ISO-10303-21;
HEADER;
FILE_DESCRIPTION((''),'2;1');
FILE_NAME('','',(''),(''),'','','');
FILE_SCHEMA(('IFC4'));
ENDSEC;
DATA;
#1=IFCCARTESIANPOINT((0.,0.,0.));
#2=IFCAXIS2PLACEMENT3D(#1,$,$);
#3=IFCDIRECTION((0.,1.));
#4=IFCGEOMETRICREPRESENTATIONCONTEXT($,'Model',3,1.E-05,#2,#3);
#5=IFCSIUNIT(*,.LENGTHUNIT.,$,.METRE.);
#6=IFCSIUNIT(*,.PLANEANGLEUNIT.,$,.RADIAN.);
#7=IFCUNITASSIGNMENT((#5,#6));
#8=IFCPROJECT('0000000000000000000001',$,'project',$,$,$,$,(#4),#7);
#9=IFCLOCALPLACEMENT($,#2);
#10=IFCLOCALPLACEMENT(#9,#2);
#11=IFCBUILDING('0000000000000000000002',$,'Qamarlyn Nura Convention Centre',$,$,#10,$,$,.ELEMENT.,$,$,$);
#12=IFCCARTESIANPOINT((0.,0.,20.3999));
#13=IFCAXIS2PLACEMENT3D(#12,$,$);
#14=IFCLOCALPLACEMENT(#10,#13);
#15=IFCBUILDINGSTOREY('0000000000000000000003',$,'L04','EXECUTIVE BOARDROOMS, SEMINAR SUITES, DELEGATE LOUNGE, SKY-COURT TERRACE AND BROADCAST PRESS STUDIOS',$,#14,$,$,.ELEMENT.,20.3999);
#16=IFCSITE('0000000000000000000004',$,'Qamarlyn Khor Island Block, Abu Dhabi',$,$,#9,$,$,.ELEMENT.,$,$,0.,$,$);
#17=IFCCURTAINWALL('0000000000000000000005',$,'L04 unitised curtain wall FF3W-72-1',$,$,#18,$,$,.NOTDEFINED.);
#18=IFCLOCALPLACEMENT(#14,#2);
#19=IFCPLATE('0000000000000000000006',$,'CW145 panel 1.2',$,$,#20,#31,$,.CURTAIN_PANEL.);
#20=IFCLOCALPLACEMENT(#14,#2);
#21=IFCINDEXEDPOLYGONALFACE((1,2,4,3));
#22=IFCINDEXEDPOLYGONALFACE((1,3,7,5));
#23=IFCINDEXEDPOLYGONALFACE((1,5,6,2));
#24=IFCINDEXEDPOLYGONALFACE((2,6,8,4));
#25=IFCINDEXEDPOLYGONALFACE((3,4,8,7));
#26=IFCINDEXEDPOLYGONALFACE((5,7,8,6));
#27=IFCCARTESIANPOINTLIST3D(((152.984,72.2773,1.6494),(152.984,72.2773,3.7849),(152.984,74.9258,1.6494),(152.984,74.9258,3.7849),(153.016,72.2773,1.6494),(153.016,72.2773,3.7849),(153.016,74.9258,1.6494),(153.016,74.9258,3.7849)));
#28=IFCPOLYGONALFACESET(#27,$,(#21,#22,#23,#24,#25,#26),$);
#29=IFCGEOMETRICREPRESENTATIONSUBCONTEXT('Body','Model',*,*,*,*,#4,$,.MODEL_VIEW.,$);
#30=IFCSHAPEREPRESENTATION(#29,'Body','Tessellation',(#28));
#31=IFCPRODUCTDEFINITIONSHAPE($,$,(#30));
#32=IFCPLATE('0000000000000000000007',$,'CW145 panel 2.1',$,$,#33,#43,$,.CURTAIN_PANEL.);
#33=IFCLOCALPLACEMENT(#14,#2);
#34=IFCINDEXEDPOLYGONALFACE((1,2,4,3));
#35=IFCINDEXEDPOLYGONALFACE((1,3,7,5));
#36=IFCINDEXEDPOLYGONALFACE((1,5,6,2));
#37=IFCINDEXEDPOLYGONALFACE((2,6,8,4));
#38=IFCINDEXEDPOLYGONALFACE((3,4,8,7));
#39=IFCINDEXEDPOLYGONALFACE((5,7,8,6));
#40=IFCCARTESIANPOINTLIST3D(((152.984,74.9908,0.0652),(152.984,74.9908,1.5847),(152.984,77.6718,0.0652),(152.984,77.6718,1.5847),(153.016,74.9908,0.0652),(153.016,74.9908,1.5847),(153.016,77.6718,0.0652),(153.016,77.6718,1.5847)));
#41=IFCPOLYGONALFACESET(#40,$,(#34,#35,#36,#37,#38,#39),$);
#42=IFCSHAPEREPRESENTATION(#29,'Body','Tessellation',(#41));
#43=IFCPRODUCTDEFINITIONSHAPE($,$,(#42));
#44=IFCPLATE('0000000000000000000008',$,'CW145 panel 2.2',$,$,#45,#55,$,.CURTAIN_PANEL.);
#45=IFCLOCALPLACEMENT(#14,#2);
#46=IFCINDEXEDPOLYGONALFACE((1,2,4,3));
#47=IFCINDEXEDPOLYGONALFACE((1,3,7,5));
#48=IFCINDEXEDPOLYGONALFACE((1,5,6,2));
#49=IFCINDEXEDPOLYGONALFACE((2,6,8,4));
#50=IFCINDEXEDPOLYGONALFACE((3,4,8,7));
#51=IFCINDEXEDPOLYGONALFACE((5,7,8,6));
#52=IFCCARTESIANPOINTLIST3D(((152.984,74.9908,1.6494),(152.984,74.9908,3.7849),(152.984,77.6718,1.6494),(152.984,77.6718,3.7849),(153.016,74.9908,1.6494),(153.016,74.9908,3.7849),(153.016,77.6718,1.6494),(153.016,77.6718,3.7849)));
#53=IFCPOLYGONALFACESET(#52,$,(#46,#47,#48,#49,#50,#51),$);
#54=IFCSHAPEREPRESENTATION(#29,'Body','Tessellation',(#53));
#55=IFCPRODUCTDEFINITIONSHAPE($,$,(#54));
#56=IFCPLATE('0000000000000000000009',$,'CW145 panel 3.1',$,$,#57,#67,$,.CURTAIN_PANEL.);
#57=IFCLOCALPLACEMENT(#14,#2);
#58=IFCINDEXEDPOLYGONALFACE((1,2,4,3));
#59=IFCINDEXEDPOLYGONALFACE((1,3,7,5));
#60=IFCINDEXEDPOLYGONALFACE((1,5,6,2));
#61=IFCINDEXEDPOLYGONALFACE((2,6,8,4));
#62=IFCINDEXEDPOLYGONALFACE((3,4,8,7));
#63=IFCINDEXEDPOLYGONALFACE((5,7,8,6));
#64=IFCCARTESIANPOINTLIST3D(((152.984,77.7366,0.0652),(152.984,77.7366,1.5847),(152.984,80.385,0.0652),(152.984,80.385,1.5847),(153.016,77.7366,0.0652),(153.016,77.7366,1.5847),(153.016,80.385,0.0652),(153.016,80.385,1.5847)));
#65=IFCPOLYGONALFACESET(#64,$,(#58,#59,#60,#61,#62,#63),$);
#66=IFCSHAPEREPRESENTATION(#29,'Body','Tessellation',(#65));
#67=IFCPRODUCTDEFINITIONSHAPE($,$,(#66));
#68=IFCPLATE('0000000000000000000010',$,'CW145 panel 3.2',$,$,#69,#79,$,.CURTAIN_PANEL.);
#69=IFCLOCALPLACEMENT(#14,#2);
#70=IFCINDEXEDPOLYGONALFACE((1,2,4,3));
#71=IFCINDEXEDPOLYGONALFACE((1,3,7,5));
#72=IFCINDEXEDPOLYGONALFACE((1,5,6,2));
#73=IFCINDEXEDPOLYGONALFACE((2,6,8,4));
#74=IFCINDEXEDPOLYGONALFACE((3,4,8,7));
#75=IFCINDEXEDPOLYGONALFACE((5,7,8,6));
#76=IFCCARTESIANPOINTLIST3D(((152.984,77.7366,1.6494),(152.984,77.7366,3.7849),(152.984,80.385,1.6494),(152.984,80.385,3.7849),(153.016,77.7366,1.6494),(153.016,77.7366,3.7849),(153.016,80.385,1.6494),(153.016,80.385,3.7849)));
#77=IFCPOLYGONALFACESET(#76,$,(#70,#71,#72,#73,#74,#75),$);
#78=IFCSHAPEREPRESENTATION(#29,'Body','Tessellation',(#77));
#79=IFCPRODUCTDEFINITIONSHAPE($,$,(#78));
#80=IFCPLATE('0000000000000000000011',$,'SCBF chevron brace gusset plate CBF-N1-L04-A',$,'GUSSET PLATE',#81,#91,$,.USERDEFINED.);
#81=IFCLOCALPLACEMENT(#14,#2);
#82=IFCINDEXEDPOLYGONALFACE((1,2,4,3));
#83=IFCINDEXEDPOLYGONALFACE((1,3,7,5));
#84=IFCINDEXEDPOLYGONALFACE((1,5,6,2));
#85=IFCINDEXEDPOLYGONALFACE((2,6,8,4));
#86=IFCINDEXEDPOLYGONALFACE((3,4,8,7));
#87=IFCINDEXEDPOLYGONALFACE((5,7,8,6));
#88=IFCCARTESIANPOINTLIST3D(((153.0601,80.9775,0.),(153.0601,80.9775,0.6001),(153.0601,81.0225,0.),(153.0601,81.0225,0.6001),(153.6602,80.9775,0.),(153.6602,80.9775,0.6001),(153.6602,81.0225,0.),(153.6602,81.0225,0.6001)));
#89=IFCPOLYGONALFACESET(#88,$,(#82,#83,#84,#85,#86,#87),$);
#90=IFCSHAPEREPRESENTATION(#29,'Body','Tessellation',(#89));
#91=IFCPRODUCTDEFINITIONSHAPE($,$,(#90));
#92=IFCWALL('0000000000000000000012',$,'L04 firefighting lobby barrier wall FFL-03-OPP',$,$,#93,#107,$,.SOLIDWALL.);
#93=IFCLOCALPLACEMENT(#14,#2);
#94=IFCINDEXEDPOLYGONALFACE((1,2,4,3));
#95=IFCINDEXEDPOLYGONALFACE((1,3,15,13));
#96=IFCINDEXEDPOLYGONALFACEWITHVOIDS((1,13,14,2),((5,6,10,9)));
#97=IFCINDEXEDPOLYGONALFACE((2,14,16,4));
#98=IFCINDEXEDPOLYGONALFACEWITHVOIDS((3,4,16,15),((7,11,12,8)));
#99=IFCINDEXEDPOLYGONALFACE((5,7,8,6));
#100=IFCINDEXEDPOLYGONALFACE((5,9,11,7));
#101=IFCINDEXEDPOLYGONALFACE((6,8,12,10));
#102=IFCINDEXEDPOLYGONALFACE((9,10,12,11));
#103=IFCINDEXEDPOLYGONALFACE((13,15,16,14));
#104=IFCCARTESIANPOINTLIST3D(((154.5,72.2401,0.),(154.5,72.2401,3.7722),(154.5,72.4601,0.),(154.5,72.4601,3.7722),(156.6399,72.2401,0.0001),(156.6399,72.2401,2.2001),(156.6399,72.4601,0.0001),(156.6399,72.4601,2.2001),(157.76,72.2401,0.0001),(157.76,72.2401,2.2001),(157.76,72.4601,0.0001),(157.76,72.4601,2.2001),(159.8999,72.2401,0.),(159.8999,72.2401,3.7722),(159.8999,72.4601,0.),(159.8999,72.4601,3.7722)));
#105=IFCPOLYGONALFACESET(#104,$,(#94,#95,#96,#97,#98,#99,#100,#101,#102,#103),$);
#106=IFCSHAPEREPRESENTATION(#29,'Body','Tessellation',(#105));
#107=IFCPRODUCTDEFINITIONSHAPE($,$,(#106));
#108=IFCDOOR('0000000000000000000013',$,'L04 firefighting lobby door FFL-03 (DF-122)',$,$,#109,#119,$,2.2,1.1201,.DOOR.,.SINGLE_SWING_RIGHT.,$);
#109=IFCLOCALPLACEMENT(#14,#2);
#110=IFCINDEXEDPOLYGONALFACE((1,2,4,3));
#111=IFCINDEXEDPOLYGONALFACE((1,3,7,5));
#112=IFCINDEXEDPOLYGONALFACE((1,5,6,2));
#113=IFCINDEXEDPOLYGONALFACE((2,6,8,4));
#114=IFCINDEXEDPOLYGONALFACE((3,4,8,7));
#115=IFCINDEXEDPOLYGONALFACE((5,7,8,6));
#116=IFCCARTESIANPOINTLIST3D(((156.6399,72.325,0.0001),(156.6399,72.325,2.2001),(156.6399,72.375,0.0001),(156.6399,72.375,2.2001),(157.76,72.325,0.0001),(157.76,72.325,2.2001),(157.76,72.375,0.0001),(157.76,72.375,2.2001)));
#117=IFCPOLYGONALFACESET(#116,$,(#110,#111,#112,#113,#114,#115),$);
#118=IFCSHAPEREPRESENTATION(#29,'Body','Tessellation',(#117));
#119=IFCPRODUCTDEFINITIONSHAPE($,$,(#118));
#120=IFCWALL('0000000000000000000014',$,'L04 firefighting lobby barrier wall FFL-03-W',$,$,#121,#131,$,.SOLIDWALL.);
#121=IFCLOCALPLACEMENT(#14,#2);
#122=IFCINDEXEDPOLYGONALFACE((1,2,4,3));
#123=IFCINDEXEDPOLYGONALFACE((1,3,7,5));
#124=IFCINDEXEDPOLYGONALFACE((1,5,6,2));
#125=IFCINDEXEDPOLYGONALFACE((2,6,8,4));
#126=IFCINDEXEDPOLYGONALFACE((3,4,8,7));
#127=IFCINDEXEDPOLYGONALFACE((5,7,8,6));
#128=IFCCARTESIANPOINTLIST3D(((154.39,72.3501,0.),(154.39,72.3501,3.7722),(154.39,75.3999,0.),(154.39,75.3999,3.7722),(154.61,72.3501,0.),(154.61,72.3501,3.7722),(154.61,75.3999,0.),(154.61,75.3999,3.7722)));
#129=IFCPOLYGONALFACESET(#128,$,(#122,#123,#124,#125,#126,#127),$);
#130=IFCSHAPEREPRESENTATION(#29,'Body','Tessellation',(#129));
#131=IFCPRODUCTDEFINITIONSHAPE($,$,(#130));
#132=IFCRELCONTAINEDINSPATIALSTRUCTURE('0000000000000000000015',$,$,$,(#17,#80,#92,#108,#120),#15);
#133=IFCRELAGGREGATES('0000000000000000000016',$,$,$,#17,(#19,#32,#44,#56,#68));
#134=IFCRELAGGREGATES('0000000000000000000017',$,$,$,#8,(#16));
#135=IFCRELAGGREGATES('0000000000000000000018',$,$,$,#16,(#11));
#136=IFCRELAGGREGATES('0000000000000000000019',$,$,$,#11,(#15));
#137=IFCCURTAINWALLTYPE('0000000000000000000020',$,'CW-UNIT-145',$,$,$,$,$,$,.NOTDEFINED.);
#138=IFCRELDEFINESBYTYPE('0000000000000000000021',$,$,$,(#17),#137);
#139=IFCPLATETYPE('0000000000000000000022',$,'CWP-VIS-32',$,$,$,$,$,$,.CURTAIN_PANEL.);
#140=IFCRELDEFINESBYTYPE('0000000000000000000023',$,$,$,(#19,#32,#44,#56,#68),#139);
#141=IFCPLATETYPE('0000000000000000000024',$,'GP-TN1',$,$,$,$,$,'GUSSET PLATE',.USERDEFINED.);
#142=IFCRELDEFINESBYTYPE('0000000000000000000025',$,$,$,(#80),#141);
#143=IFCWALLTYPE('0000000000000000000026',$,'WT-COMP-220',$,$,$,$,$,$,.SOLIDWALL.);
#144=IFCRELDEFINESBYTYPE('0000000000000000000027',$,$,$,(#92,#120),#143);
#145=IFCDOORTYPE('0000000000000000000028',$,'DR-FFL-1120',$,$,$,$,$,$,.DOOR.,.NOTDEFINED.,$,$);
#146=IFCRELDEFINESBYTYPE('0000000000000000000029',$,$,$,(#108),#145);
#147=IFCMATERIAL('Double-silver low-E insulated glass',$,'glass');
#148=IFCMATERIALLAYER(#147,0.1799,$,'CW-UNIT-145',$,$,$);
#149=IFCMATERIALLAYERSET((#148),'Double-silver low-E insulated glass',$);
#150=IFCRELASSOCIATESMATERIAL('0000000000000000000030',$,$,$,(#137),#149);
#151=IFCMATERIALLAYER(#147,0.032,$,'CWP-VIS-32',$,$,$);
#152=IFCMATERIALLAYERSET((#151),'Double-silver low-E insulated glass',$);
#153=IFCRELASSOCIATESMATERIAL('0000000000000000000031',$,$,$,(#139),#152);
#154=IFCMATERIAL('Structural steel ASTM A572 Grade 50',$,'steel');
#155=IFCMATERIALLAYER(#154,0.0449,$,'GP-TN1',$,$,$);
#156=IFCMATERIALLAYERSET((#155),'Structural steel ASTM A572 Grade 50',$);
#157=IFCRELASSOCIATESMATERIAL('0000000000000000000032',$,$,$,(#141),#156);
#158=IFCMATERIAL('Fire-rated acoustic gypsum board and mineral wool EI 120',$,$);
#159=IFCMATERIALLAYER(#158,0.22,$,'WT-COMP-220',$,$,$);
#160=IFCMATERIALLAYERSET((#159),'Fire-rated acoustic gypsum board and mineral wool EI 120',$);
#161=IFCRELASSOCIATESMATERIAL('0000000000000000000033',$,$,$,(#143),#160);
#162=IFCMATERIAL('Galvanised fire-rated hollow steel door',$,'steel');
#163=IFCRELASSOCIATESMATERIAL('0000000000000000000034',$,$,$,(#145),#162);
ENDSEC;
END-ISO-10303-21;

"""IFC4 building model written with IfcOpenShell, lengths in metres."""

from ifc_helpers import new_model, si_unit, direction, frame, frame_2d, origin, origin_2d, place, context, subcontext, project, spatial, rectangle, extrude, material, layer, layer_set, type_object, element, fill, aggregate, save


model = new_model("IFC4")

# Units and contexts
model_context = context("Model", 3, precision=1e-05, world=origin(), true_north=direction((0.0, 1.0)))
body_context = subcontext(model_context, "Body", "Model", "MODEL_VIEW")
ifc_project = project(units=[si_unit("LENGTHUNIT", "METRE"), si_unit("PLANEANGLEUNIT", "RADIAN")], contexts=[model_context])

# Site, building, storey
site_placement = place(None, origin())
site = spatial("IfcSite", under=ifc_project, at=site_placement, Name="Qamarlyn Khor Island Block, Abu Dhabi", CompositionType="ELEMENT", RefElevation=0.0)
building_placement = place(site_placement, origin())
building = spatial("IfcBuilding", under=site, at=building_placement, Name="Qamarlyn Nura Convention Centre", CompositionType="ELEMENT")
storey_placement = place(building_placement, frame((0.0, 0.0, 20.3999)))
storey = spatial("IfcBuildingStorey", under=building, at=storey_placement, Name="L04", Description="EXECUTIVE BOARDROOMS, SEMINAR SUITES, DELEGATE LOUNGE, SKY-COURT TERRACE AND BROADCAST PRESS STUDIOS", CompositionType="ELEMENT", Elevation=20.3999)

# Shared definitions
ifc_material_1 = material(Name="Double-silver low-E insulated glass", Category="glass")

# Curtain wall
ifc_layer_1 = layer(ifc_material_1, 0.1799, Name="CW-UNIT-145")
ifc_layer_set_1 = layer_set([ifc_layer_1], Name="Double-silver low-E insulated glass")
curtain_wall_type_1 = type_object("IfcCurtainWallType", Name="CW-UNIT-145", PredefinedType="NOTDEFINED", material=ifc_layer_set_1)
curtain_wall_1_placement = place(storey_placement, origin())
curtain_wall_1 = element("IfcCurtainWall", 1, at=curtain_wall_1_placement, inside=storey, type_object=curtain_wall_type_1, Name="L04 unitised curtain wall FF3W-72-1", PredefinedType="NOTDEFINED")

# Plates
ifc_layer_2 = layer(ifc_material_1, 0.032, Name="CWP-VIS-32")
ifc_layer_set_2 = layer_set([ifc_layer_2], Name="Double-silver low-E insulated glass")
plate_type_1 = type_object("IfcPlateType", Name="CWP-VIS-32", PredefinedType="CURTAIN_PANEL", material=ifc_layer_set_2)
plate_1_placement = place(storey_placement, frame((153.0, 73.6016, 1.6494), z_axis=(0.0, 0.0, 1.0), x_axis=(0.0, 1.0, 0.0)))
plate_1 = element("IfcPlate", 2, at=plate_1_placement, type_object=plate_type_1, Name="CW145 panel 1.2", PredefinedType="CURTAIN_PANEL", context=body_context, shape_type="SweptSolid", body=[
    extrude(rectangle(XDim=2.6484, YDim=0.032, at=origin_2d()), origin(), (0.0, 0.0, 1.0), 2.1355),
])
plate_2_placement = place(storey_placement, frame((153.0, 76.3313, 0.0652), z_axis=(0.0, 0.0, 1.0), x_axis=(0.0, 1.0, 0.0)))
plate_2 = element("IfcPlate", 3, at=plate_2_placement, type_object=plate_type_1, Name="CW145 panel 2.1", PredefinedType="CURTAIN_PANEL", context=body_context, shape_type="SweptSolid", body=[
    extrude(rectangle(XDim=2.6809, YDim=0.032, at=origin_2d()), origin(), (0.0, 0.0, 1.0), 1.5195),
])
plate_3_placement = place(storey_placement, frame((153.0, 76.3313, 1.6494), z_axis=(0.0, 0.0, 1.0), x_axis=(0.0, 1.0, 0.0)))
plate_3 = element("IfcPlate", 4, at=plate_3_placement, type_object=plate_type_1, Name="CW145 panel 2.2", PredefinedType="CURTAIN_PANEL", context=body_context, shape_type="SweptSolid", body=[
    extrude(rectangle(XDim=2.6809, YDim=0.032, at=origin_2d()), origin(), (0.0, 0.0, 1.0), 2.1355),
])
plate_4_placement = place(storey_placement, frame((153.0, 79.0608, 0.0652), z_axis=(0.0, 0.0, 1.0), x_axis=(0.0, 1.0, 0.0)))
plate_4 = element("IfcPlate", 5, at=plate_4_placement, type_object=plate_type_1, Name="CW145 panel 3.1", PredefinedType="CURTAIN_PANEL", context=body_context, shape_type="SweptSolid", body=[
    extrude(rectangle(XDim=2.6484, YDim=0.032, at=origin_2d()), origin(), (0.0, 0.0, 1.0), 1.5195),
])
plate_5_placement = place(storey_placement, frame((153.0, 79.0608, 1.6494), z_axis=(0.0, 0.0, 1.0), x_axis=(0.0, 1.0, 0.0)))
plate_5 = element("IfcPlate", 6, at=plate_5_placement, type_object=plate_type_1, Name="CW145 panel 3.2", PredefinedType="CURTAIN_PANEL", context=body_context, shape_type="SweptSolid", body=[
    extrude(rectangle(XDim=2.6484, YDim=0.032, at=origin_2d()), origin(), (0.0, 0.0, 1.0), 2.1355),
])
aggregate(curtain_wall_1, [plate_1, plate_2, plate_3, plate_4, plate_5])
ifc_material_2 = material(Name="Structural steel ASTM A572 Grade 50", Category="steel")
ifc_layer_3 = layer(ifc_material_2, 0.0449, Name="GP-TN1")
ifc_layer_set_3 = layer_set([ifc_layer_3], Name="Structural steel ASTM A572 Grade 50")
plate_type_2 = type_object("IfcPlateType", Name="GP-TN1", ElementType="GUSSET PLATE", PredefinedType="USERDEFINED", material=ifc_layer_set_3)
plate_6_placement = place(storey_placement, frame((153.3601, 81.0, 0.0), z_axis=(0.0, 0.0, 1.0), x_axis=(1.0, 0.0, 0.0)))
element("IfcPlate", 7, at=plate_6_placement, inside=storey, type_object=plate_type_2, Name="SCBF chevron brace gusset plate CBF-N1-L04-A", ObjectType="GUSSET PLATE", PredefinedType="USERDEFINED", context=body_context, shape_type="SweptSolid", body=[
    extrude(rectangle(XDim=0.6001, YDim=0.0449, at=origin_2d()), origin(), (0.0, 0.0, 1.0), 0.6001),
])

# Wall, opening, door
ifc_material_3 = material(Name="Fire-rated acoustic gypsum board and mineral wool EI 120")
ifc_layer_4 = layer(ifc_material_3, 0.22, Name="WT-COMP-220")
ifc_layer_set_4 = layer_set([ifc_layer_4], Name="Fire-rated acoustic gypsum board and mineral wool EI 120")
wall_type = type_object("IfcWallType", Name="WT-COMP-220", PredefinedType="SOLIDWALL", material=ifc_layer_set_4)
wall_1_placement = place(storey_placement, frame((154.5, 72.3501, 0.0), z_axis=(0.0, 0.0, 1.0), x_axis=(1.0, 0.0, 0.0)))
wall_1 = element("IfcWall", 8, at=wall_1_placement, inside=storey, type_object=wall_type, Name="L04 firefighting lobby barrier wall FFL-03-OPP", PredefinedType="SOLIDWALL", context=body_context, shape_type="SweptSolid", body=[
    extrude(rectangle(XDim=5.3999, YDim=0.22, at=frame_2d((2.7, 0.0))), origin(), (0.0, 0.0, 1.0), 3.7722),
])
opening_placement = place(wall_1_placement, frame((2.1399, 0.0, 0.0)))
opening = element("IfcOpeningElement", 9, at=opening_placement, cuts=wall_1, PredefinedType="OPENING", context=body_context, shape_type="SweptSolid", body=[
    extrude(rectangle(XDim=1.1201, YDim=2.2, at=frame_2d((0.5601, 1.1001))), frame((0.0, 0.1201, 0.0), z_axis=(0.0, -1.0, 0.0), x_axis=(1.0, 0.0, 0.0)), (0.0, 0.0, 1.0), 0.24),
])
ifc_material_4 = material(Name="Galvanised fire-rated hollow steel door", Category="steel")
door_type = type_object("IfcDoorType", Name="DR-FFL-1120", OperationType="NOTDEFINED", PredefinedType="DOOR", material=ifc_material_4)
door_placement = place(opening_placement, origin())
door = element("IfcDoor", 10, at=door_placement, inside=storey, type_object=door_type, Name="L04 firefighting lobby door FFL-03 (DF-122)", OperationType="SINGLE_SWING_RIGHT", OverallHeight=2.2, OverallWidth=1.1201, PredefinedType="DOOR", context=body_context, shape_type="SweptSolid", body=[
    extrude(rectangle(XDim=1.1201, YDim=2.2, at=frame_2d((0.5601, 1.1001))), frame((0.0, 0.0249, 0.0), z_axis=(0.0, -1.0, 0.0), x_axis=(1.0, 0.0, 0.0)), (0.0, 0.0, 1.0), 0.05),
])
fill(opening, door)

# Wall
wall_2_placement = place(storey_placement, frame((154.5, 72.3501, 0.0), z_axis=(0.0, 0.0, 1.0), x_axis=(0.0, 1.0, 0.0)))
element("IfcWall", 11, at=wall_2_placement, inside=storey, type_object=wall_type, Name="L04 firefighting lobby barrier wall FFL-03-W", PredefinedType="SOLIDWALL", context=body_context, shape_type="SweptSolid", body=[
    extrude(rectangle(XDim=3.0498, YDim=0.22, at=frame_2d((1.5249, 0.0))), origin(), (0.0, 0.0, 1.0), 3.7722),
])

save(model, "model.ifc")
